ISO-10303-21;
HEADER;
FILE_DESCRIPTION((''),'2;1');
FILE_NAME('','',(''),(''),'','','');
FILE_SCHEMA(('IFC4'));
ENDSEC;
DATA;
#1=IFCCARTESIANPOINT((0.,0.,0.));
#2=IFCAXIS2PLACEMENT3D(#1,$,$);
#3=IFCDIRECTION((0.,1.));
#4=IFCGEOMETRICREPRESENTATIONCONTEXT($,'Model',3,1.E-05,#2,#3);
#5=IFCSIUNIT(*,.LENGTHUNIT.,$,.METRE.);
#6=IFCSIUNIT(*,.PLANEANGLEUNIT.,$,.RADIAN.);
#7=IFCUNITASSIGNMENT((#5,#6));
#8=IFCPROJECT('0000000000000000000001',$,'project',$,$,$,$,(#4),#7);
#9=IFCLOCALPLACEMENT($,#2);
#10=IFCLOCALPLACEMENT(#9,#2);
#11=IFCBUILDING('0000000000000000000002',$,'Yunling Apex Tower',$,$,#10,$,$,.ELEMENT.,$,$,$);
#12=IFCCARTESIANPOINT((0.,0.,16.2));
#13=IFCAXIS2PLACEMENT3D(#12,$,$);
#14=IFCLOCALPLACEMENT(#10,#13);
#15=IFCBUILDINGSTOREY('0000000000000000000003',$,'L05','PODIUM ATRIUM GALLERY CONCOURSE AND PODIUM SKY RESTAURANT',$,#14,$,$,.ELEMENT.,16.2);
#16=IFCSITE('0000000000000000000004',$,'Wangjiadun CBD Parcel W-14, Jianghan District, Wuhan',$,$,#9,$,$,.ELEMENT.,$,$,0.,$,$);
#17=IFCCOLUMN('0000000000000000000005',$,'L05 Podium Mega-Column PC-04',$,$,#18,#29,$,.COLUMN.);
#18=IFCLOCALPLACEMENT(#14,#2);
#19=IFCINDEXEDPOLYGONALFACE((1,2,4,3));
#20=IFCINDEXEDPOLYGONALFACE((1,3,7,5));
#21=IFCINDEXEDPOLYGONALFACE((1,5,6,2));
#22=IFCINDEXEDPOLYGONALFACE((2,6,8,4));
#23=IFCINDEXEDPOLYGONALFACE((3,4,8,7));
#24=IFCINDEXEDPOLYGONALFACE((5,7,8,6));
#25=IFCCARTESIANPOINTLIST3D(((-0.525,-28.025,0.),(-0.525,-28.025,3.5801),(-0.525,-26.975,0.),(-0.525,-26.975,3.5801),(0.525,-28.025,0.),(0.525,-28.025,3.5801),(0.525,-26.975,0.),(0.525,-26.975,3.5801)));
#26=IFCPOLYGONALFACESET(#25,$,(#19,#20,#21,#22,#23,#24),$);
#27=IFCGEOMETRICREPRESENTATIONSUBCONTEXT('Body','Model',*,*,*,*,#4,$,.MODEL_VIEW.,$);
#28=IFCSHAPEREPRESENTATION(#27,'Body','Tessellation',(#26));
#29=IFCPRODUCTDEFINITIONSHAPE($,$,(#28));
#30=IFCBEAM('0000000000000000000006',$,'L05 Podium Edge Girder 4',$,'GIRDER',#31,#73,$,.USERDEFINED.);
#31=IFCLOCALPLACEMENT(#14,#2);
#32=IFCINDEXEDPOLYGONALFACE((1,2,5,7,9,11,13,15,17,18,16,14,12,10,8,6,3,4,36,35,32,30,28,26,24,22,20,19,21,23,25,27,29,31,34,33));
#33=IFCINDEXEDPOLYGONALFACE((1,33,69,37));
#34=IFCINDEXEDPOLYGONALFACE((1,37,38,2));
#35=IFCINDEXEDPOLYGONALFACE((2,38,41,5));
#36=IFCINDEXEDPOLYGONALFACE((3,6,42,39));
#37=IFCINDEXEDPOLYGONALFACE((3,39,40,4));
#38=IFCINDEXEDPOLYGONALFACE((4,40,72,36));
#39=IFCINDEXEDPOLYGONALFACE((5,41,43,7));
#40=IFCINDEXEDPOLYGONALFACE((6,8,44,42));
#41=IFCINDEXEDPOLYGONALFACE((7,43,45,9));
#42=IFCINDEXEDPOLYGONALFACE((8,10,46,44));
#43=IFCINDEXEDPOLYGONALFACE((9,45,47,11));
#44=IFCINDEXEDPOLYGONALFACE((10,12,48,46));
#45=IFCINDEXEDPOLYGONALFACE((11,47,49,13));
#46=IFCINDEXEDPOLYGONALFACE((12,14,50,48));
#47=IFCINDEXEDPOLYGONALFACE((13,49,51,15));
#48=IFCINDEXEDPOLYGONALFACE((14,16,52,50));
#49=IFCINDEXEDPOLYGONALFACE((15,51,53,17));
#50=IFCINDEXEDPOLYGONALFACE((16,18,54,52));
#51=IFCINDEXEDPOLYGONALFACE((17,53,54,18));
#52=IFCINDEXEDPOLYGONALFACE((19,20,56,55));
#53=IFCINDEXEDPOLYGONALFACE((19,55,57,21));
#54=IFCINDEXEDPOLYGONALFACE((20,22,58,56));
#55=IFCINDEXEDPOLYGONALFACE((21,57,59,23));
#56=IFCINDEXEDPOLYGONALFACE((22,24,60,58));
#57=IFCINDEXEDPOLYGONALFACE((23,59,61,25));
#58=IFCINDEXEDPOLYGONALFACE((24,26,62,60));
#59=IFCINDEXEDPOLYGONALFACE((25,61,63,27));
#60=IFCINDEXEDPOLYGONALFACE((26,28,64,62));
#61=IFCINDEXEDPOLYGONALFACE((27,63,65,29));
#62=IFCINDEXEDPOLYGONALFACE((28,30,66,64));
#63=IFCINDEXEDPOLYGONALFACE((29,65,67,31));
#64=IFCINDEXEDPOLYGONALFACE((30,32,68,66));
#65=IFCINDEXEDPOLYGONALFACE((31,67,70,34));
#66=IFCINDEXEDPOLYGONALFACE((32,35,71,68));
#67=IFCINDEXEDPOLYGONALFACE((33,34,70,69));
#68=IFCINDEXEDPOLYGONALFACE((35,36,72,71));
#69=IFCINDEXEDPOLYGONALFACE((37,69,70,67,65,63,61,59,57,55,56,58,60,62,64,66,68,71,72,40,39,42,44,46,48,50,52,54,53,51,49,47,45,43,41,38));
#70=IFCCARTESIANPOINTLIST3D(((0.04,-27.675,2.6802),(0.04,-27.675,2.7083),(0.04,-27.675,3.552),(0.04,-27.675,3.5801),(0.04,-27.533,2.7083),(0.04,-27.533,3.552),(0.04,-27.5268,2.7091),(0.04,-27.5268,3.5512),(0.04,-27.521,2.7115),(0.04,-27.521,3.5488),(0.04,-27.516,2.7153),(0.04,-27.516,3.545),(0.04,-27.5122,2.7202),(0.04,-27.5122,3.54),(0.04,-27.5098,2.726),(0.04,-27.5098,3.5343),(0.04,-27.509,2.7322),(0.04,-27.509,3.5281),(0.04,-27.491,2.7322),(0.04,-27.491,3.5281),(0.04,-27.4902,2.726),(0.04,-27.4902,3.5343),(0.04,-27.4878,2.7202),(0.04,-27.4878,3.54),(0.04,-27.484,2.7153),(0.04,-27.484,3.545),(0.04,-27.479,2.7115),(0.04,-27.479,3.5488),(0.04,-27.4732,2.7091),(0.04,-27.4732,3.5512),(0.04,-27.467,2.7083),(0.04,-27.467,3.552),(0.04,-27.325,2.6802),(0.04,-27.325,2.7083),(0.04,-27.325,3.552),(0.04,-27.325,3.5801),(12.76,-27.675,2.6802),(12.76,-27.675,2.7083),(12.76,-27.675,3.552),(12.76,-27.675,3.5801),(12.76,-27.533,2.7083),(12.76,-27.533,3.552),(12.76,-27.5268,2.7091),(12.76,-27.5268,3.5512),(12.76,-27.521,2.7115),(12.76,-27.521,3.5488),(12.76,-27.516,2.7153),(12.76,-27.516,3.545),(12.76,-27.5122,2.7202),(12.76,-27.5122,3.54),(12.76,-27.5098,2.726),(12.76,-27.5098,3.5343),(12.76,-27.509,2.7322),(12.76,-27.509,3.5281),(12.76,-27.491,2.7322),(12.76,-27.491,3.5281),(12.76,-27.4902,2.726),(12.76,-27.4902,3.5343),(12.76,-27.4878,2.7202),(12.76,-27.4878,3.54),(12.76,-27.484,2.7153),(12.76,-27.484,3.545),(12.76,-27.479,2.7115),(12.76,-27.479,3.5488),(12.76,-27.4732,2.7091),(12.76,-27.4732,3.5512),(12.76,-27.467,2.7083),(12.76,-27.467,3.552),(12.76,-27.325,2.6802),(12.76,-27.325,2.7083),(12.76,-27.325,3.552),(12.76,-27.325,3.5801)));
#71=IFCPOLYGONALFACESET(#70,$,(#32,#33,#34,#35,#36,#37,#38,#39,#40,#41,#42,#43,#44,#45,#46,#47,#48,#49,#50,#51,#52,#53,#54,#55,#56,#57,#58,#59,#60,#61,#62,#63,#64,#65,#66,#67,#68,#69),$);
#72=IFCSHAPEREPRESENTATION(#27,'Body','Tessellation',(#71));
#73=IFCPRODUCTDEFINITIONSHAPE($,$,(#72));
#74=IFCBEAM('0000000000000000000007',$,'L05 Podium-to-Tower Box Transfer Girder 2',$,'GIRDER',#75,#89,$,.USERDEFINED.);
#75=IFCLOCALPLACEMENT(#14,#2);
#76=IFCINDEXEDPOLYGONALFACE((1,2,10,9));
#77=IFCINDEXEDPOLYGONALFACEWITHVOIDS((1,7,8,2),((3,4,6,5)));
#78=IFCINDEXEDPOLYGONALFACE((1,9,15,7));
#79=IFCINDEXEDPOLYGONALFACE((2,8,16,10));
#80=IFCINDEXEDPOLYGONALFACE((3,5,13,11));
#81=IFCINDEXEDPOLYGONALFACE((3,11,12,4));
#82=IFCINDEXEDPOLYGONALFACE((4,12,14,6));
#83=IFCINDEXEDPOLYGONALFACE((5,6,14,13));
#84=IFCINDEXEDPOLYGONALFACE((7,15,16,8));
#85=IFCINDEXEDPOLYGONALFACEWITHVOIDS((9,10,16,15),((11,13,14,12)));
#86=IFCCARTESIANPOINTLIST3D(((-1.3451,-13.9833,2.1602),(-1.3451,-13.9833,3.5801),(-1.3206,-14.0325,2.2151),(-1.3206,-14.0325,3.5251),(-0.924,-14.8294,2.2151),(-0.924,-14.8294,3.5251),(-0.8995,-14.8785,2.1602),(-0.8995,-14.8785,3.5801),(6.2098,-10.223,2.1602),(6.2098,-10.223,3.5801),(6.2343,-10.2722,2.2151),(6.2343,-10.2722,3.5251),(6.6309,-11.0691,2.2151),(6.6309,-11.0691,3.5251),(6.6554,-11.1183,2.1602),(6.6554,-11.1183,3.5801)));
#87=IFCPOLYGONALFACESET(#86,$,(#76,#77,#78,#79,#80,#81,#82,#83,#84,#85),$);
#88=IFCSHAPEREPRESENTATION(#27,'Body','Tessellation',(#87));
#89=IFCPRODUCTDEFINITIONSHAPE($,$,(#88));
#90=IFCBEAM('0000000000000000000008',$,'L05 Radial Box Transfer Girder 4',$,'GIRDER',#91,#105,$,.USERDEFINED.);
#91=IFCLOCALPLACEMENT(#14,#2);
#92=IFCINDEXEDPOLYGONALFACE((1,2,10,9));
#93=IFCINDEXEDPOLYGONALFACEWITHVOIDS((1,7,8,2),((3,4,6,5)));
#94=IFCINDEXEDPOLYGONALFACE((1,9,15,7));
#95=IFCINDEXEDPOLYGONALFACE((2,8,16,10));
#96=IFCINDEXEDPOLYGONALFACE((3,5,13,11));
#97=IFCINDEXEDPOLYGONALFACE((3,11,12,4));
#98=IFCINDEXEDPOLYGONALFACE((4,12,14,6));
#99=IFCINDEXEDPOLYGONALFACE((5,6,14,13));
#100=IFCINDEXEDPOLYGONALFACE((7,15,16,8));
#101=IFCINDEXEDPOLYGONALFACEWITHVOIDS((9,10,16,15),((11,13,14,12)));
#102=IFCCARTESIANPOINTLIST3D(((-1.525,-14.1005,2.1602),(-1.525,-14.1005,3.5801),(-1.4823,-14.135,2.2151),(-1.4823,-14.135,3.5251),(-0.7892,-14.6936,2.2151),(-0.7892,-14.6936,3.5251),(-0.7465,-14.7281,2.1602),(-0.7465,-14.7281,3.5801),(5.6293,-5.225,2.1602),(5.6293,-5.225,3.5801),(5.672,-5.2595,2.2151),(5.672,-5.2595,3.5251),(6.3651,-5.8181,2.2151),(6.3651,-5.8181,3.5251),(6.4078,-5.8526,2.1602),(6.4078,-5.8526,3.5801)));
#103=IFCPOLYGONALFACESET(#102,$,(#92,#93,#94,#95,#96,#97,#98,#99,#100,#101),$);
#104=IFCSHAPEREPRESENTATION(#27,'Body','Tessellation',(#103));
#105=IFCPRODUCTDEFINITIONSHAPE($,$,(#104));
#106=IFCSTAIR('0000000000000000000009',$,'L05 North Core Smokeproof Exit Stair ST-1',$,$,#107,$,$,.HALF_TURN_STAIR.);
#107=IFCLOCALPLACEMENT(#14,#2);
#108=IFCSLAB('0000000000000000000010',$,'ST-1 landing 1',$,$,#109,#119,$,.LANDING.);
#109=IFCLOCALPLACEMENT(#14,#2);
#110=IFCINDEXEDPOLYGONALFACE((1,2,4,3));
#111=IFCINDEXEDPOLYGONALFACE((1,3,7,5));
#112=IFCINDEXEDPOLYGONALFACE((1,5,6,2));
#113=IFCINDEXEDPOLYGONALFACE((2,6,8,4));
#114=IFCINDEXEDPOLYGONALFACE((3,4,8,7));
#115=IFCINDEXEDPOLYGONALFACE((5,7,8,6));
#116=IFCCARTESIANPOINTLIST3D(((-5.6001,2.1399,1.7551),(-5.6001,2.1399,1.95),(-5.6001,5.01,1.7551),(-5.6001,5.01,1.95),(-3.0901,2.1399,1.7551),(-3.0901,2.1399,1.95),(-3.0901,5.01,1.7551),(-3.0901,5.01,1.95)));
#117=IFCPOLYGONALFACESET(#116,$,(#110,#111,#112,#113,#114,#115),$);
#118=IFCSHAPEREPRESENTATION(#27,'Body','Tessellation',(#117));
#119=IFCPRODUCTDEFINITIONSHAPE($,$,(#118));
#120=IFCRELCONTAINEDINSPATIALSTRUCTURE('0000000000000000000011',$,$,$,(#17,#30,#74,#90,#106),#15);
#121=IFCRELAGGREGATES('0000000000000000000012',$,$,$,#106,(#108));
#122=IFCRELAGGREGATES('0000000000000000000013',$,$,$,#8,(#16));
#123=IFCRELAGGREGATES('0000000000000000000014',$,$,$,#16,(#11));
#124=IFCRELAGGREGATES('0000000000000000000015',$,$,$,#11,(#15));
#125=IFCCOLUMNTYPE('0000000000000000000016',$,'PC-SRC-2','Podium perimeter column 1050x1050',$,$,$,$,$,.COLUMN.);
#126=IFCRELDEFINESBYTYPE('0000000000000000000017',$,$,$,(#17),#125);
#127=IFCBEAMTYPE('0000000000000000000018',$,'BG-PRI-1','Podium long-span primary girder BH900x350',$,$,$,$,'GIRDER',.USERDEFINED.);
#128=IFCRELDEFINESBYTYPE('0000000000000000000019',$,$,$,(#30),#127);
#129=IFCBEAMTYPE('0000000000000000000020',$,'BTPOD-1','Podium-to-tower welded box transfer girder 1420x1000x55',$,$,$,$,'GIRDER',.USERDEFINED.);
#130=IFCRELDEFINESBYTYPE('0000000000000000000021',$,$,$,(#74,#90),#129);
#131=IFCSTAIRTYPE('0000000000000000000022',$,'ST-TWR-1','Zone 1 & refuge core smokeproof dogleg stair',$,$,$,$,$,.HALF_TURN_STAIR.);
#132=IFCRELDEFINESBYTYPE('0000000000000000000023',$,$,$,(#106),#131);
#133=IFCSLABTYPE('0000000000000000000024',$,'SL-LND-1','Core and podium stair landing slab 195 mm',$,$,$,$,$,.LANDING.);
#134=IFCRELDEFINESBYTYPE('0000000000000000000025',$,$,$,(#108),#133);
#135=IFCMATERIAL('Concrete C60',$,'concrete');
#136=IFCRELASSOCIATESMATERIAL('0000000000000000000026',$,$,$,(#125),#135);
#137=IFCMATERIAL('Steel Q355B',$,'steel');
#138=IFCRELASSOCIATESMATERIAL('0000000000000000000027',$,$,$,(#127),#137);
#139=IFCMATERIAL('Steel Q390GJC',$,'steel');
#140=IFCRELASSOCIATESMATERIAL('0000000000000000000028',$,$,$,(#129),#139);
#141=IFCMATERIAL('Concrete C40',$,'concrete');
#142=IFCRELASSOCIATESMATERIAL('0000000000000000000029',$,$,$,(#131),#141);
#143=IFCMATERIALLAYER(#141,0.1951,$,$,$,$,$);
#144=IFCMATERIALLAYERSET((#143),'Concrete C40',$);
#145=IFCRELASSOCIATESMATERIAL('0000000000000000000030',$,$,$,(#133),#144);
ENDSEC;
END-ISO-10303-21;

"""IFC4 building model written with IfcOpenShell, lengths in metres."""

from ifc_helpers import new_model, si_unit, direction, frame, origin, origin_2d, place, context, subcontext, project, spatial, polyline, rectangle, hollow_rectangle, i_section, outline, extrude, source, transform, mapped, material, layer, layer_set, material_profile, profile_set, type_object, element, aggregate, save


model = new_model("IFC4")

# Units and contexts
model_context = context("Model", 3, precision=1e-05, world=origin(), true_north=direction((0.0, 1.0)))
body_context = subcontext(model_context, "Body", "Model", "MODEL_VIEW")
ifc_project = project(units=[si_unit("LENGTHUNIT", "METRE"), si_unit("PLANEANGLEUNIT", "RADIAN")], contexts=[model_context])

# Site, building, storey
site_placement = place(None, origin())
site = spatial("IfcSite", under=ifc_project, at=site_placement, Name="Wangjiadun CBD Parcel W-14, Jianghan District, Wuhan", CompositionType="ELEMENT", RefElevation=0.0)
building_placement = place(site_placement, origin())
building = spatial("IfcBuilding", under=site, at=building_placement, Name="Yunling Apex Tower", CompositionType="ELEMENT")
storey_placement = place(building_placement, frame((0.0, 0.0, 16.2)))
storey = spatial("IfcBuildingStorey", under=building, at=storey_placement, Name="L05", Description="PODIUM ATRIUM GALLERY CONCOURSE AND PODIUM SKY RESTAURANT", CompositionType="ELEMENT", Elevation=16.2)

# Column
ifc_material_1 = material(Name="Concrete C60", Category="concrete")
ifc_material_profile_1 = material_profile(ifc_material_1, rectangle(XDim=1.05, YDim=1.05, at=origin_2d()))
ifc_profile_set_1 = profile_set([ifc_material_profile_1], Name="Concrete C60")
column_type = type_object("IfcColumnType", Name="PC-SRC-2", Description="Podium perimeter column 1050x1050", PredefinedType="COLUMN", material=ifc_profile_set_1)
shared_shape_1 = source(origin(), body_context, "Body", "SweptSolid", [
    extrude(rectangle(XDim=1.05, YDim=1.05, at=origin_2d()), origin(), (0.0, 0.0, 1.0), 3.5801),
])
column_placement = place(storey_placement, frame((0.0, -27.5, 0.0), z_axis=(0.0, 0.0, 1.0), x_axis=(1.0, 0.0, 0.0)))
element("IfcColumn", 1, at=column_placement, inside=storey, type_object=column_type, Name="L05 Podium Mega-Column PC-04", PredefinedType="COLUMN", context=body_context, shape_type="MappedRepresentation", body=[
    mapped(shared_shape_1, transform((0.0, 0.0, 0.0), scale=1.0)),
])

# Beams
ifc_material_2 = material(Name="Steel Q355B", Category="steel")
ifc_material_profile_2 = material_profile(ifc_material_2, i_section(OverallWidth=0.3501, OverallDepth=0.8999, WebThickness=0.0181, FlangeThickness=0.0281, FilletRadius=0.0239, at=origin_2d()))
ifc_profile_set_2 = profile_set([ifc_material_profile_2], Name="Steel Q355B")
beam_type_1 = type_object("IfcBeamType", Name="BG-PRI-1", Description="Podium long-span primary girder BH900x350", ElementType="GIRDER", PredefinedType="USERDEFINED", material=ifc_profile_set_2)
shared_shape_2 = source(origin(), body_context, "Body", "SweptSolid", [
    extrude(i_section(OverallWidth=0.3501, OverallDepth=0.8999, WebThickness=0.0181, FlangeThickness=0.0281, FilletRadius=0.0239, at=origin_2d()), origin(), (0.0, 0.0, 1.0), 12.72),
])
beam_1_placement = place(storey_placement, frame((0.04, -27.5, 3.1301), z_axis=(1.0, 0.0, 0.0), x_axis=(0.0, 1.0, 0.0)))
element("IfcBeam", 2, at=beam_1_placement, inside=storey, type_object=beam_type_1, Name="L05 Podium Edge Girder 4", ObjectType="GIRDER", PredefinedType="USERDEFINED", context=body_context, shape_type="MappedRepresentation", body=[
    mapped(shared_shape_2, transform((0.0, 0.0, 0.0), scale=1.0)),
])
ifc_material_3 = material(Name="Steel Q390GJC", Category="steel")
ifc_material_profile_3 = material_profile(ifc_material_3, hollow_rectangle(XDim=1.0, YDim=1.4199, WallThickness=0.0549, at=origin_2d()))
ifc_profile_set_3 = profile_set([ifc_material_profile_3], Name="Steel Q390GJC")
beam_type_2 = type_object("IfcBeamType", Name="BTPOD-1", Description="Podium-to-tower welded box transfer girder 1420x1000x55", ElementType="GIRDER", PredefinedType="USERDEFINED", material=ifc_profile_set_3)
shared_shape_3 = source(origin(), body_context, "Body", "SweptSolid", [
    extrude(hollow_rectangle(XDim=1.0, YDim=1.4199, WallThickness=0.0549, at=origin_2d()), origin(), (0.0, 0.0, 1.0), 8.439),
])
beam_2_placement = place(storey_placement, frame((-1.1223, -14.4309, 2.8701), z_axis=(0.895242, 0.445581, 0.0), x_axis=(-0.445581, 0.895242, 0.0)))
element("IfcBeam", 3, at=beam_2_placement, inside=storey, type_object=beam_type_2, Name="L05 Podium-to-Tower Box Transfer Girder 2", ObjectType="GIRDER", PredefinedType="USERDEFINED", context=body_context, shape_type="MappedRepresentation", body=[
    mapped(shared_shape_3, transform((0.0, 0.0, 0.0), scale=1.0)),
])
shared_shape_4 = source(origin(), body_context, "Body", "SweptSolid", [
    extrude(hollow_rectangle(XDim=1.0, YDim=1.4199, WallThickness=0.0549, at=origin_2d()), origin(), (0.0, 0.0, 1.0), 11.3999),
])
beam_3_placement = place(storey_placement, frame((-1.1357, -14.4143, 2.8701), z_axis=(0.627574, 0.778557, 0.0), x_axis=(-0.778557, 0.627574, 0.0)))
element("IfcBeam", 4, at=beam_3_placement, inside=storey, type_object=beam_type_2, Name="L05 Radial Box Transfer Girder 4", ObjectType="GIRDER", PredefinedType="USERDEFINED", context=body_context, shape_type="MappedRepresentation", body=[
    mapped(shared_shape_4, transform((0.0, 0.0, 0.0), scale=1.0)),
])

# Stair, slab
ifc_material_4 = material(Name="Concrete C40", Category="concrete")
stair_type = type_object("IfcStairType", Name="ST-TWR-1", Description="Zone 1 & refuge core smokeproof dogleg stair", PredefinedType="HALF_TURN_STAIR", material=ifc_material_4)
stair_1_placement = place(storey_placement, origin())
stair_1 = element("IfcStair", 5, at=stair_1_placement, inside=storey, type_object=stair_type, Name="L05 North Core Smokeproof Exit Stair ST-1", PredefinedType="HALF_TURN_STAIR")
ifc_layer_1 = layer(ifc_material_4, 0.1951)
ifc_layer_set_1 = layer_set([ifc_layer_1], Name="Concrete C40")
slab_type_1 = type_object("IfcSlabType", Name="SL-LND-1", Description="Core and podium stair landing slab 195 mm", PredefinedType="LANDING", material=ifc_layer_set_1)
slab_1_placement = place(storey_placement, frame((0.0, 0.0, 1.7551)))
slab_1 = element("IfcSlab", 6, at=slab_1_placement, type_object=slab_type_1, Name="ST-1 landing 1", PredefinedType="LANDING", context=body_context, shape_type="SweptSolid", body=[
    extrude(outline(polyline([(-3.0901, 5.01), (-5.6001, 5.01), (-5.6001, 2.1399), (-3.0901, 2.1399), (-3.0901, 5.01)])), origin(), (0.0, 0.0, 1.0), 0.1948),
])
aggregate(stair_1, [slab_1])

save(model, "model.ifc")
